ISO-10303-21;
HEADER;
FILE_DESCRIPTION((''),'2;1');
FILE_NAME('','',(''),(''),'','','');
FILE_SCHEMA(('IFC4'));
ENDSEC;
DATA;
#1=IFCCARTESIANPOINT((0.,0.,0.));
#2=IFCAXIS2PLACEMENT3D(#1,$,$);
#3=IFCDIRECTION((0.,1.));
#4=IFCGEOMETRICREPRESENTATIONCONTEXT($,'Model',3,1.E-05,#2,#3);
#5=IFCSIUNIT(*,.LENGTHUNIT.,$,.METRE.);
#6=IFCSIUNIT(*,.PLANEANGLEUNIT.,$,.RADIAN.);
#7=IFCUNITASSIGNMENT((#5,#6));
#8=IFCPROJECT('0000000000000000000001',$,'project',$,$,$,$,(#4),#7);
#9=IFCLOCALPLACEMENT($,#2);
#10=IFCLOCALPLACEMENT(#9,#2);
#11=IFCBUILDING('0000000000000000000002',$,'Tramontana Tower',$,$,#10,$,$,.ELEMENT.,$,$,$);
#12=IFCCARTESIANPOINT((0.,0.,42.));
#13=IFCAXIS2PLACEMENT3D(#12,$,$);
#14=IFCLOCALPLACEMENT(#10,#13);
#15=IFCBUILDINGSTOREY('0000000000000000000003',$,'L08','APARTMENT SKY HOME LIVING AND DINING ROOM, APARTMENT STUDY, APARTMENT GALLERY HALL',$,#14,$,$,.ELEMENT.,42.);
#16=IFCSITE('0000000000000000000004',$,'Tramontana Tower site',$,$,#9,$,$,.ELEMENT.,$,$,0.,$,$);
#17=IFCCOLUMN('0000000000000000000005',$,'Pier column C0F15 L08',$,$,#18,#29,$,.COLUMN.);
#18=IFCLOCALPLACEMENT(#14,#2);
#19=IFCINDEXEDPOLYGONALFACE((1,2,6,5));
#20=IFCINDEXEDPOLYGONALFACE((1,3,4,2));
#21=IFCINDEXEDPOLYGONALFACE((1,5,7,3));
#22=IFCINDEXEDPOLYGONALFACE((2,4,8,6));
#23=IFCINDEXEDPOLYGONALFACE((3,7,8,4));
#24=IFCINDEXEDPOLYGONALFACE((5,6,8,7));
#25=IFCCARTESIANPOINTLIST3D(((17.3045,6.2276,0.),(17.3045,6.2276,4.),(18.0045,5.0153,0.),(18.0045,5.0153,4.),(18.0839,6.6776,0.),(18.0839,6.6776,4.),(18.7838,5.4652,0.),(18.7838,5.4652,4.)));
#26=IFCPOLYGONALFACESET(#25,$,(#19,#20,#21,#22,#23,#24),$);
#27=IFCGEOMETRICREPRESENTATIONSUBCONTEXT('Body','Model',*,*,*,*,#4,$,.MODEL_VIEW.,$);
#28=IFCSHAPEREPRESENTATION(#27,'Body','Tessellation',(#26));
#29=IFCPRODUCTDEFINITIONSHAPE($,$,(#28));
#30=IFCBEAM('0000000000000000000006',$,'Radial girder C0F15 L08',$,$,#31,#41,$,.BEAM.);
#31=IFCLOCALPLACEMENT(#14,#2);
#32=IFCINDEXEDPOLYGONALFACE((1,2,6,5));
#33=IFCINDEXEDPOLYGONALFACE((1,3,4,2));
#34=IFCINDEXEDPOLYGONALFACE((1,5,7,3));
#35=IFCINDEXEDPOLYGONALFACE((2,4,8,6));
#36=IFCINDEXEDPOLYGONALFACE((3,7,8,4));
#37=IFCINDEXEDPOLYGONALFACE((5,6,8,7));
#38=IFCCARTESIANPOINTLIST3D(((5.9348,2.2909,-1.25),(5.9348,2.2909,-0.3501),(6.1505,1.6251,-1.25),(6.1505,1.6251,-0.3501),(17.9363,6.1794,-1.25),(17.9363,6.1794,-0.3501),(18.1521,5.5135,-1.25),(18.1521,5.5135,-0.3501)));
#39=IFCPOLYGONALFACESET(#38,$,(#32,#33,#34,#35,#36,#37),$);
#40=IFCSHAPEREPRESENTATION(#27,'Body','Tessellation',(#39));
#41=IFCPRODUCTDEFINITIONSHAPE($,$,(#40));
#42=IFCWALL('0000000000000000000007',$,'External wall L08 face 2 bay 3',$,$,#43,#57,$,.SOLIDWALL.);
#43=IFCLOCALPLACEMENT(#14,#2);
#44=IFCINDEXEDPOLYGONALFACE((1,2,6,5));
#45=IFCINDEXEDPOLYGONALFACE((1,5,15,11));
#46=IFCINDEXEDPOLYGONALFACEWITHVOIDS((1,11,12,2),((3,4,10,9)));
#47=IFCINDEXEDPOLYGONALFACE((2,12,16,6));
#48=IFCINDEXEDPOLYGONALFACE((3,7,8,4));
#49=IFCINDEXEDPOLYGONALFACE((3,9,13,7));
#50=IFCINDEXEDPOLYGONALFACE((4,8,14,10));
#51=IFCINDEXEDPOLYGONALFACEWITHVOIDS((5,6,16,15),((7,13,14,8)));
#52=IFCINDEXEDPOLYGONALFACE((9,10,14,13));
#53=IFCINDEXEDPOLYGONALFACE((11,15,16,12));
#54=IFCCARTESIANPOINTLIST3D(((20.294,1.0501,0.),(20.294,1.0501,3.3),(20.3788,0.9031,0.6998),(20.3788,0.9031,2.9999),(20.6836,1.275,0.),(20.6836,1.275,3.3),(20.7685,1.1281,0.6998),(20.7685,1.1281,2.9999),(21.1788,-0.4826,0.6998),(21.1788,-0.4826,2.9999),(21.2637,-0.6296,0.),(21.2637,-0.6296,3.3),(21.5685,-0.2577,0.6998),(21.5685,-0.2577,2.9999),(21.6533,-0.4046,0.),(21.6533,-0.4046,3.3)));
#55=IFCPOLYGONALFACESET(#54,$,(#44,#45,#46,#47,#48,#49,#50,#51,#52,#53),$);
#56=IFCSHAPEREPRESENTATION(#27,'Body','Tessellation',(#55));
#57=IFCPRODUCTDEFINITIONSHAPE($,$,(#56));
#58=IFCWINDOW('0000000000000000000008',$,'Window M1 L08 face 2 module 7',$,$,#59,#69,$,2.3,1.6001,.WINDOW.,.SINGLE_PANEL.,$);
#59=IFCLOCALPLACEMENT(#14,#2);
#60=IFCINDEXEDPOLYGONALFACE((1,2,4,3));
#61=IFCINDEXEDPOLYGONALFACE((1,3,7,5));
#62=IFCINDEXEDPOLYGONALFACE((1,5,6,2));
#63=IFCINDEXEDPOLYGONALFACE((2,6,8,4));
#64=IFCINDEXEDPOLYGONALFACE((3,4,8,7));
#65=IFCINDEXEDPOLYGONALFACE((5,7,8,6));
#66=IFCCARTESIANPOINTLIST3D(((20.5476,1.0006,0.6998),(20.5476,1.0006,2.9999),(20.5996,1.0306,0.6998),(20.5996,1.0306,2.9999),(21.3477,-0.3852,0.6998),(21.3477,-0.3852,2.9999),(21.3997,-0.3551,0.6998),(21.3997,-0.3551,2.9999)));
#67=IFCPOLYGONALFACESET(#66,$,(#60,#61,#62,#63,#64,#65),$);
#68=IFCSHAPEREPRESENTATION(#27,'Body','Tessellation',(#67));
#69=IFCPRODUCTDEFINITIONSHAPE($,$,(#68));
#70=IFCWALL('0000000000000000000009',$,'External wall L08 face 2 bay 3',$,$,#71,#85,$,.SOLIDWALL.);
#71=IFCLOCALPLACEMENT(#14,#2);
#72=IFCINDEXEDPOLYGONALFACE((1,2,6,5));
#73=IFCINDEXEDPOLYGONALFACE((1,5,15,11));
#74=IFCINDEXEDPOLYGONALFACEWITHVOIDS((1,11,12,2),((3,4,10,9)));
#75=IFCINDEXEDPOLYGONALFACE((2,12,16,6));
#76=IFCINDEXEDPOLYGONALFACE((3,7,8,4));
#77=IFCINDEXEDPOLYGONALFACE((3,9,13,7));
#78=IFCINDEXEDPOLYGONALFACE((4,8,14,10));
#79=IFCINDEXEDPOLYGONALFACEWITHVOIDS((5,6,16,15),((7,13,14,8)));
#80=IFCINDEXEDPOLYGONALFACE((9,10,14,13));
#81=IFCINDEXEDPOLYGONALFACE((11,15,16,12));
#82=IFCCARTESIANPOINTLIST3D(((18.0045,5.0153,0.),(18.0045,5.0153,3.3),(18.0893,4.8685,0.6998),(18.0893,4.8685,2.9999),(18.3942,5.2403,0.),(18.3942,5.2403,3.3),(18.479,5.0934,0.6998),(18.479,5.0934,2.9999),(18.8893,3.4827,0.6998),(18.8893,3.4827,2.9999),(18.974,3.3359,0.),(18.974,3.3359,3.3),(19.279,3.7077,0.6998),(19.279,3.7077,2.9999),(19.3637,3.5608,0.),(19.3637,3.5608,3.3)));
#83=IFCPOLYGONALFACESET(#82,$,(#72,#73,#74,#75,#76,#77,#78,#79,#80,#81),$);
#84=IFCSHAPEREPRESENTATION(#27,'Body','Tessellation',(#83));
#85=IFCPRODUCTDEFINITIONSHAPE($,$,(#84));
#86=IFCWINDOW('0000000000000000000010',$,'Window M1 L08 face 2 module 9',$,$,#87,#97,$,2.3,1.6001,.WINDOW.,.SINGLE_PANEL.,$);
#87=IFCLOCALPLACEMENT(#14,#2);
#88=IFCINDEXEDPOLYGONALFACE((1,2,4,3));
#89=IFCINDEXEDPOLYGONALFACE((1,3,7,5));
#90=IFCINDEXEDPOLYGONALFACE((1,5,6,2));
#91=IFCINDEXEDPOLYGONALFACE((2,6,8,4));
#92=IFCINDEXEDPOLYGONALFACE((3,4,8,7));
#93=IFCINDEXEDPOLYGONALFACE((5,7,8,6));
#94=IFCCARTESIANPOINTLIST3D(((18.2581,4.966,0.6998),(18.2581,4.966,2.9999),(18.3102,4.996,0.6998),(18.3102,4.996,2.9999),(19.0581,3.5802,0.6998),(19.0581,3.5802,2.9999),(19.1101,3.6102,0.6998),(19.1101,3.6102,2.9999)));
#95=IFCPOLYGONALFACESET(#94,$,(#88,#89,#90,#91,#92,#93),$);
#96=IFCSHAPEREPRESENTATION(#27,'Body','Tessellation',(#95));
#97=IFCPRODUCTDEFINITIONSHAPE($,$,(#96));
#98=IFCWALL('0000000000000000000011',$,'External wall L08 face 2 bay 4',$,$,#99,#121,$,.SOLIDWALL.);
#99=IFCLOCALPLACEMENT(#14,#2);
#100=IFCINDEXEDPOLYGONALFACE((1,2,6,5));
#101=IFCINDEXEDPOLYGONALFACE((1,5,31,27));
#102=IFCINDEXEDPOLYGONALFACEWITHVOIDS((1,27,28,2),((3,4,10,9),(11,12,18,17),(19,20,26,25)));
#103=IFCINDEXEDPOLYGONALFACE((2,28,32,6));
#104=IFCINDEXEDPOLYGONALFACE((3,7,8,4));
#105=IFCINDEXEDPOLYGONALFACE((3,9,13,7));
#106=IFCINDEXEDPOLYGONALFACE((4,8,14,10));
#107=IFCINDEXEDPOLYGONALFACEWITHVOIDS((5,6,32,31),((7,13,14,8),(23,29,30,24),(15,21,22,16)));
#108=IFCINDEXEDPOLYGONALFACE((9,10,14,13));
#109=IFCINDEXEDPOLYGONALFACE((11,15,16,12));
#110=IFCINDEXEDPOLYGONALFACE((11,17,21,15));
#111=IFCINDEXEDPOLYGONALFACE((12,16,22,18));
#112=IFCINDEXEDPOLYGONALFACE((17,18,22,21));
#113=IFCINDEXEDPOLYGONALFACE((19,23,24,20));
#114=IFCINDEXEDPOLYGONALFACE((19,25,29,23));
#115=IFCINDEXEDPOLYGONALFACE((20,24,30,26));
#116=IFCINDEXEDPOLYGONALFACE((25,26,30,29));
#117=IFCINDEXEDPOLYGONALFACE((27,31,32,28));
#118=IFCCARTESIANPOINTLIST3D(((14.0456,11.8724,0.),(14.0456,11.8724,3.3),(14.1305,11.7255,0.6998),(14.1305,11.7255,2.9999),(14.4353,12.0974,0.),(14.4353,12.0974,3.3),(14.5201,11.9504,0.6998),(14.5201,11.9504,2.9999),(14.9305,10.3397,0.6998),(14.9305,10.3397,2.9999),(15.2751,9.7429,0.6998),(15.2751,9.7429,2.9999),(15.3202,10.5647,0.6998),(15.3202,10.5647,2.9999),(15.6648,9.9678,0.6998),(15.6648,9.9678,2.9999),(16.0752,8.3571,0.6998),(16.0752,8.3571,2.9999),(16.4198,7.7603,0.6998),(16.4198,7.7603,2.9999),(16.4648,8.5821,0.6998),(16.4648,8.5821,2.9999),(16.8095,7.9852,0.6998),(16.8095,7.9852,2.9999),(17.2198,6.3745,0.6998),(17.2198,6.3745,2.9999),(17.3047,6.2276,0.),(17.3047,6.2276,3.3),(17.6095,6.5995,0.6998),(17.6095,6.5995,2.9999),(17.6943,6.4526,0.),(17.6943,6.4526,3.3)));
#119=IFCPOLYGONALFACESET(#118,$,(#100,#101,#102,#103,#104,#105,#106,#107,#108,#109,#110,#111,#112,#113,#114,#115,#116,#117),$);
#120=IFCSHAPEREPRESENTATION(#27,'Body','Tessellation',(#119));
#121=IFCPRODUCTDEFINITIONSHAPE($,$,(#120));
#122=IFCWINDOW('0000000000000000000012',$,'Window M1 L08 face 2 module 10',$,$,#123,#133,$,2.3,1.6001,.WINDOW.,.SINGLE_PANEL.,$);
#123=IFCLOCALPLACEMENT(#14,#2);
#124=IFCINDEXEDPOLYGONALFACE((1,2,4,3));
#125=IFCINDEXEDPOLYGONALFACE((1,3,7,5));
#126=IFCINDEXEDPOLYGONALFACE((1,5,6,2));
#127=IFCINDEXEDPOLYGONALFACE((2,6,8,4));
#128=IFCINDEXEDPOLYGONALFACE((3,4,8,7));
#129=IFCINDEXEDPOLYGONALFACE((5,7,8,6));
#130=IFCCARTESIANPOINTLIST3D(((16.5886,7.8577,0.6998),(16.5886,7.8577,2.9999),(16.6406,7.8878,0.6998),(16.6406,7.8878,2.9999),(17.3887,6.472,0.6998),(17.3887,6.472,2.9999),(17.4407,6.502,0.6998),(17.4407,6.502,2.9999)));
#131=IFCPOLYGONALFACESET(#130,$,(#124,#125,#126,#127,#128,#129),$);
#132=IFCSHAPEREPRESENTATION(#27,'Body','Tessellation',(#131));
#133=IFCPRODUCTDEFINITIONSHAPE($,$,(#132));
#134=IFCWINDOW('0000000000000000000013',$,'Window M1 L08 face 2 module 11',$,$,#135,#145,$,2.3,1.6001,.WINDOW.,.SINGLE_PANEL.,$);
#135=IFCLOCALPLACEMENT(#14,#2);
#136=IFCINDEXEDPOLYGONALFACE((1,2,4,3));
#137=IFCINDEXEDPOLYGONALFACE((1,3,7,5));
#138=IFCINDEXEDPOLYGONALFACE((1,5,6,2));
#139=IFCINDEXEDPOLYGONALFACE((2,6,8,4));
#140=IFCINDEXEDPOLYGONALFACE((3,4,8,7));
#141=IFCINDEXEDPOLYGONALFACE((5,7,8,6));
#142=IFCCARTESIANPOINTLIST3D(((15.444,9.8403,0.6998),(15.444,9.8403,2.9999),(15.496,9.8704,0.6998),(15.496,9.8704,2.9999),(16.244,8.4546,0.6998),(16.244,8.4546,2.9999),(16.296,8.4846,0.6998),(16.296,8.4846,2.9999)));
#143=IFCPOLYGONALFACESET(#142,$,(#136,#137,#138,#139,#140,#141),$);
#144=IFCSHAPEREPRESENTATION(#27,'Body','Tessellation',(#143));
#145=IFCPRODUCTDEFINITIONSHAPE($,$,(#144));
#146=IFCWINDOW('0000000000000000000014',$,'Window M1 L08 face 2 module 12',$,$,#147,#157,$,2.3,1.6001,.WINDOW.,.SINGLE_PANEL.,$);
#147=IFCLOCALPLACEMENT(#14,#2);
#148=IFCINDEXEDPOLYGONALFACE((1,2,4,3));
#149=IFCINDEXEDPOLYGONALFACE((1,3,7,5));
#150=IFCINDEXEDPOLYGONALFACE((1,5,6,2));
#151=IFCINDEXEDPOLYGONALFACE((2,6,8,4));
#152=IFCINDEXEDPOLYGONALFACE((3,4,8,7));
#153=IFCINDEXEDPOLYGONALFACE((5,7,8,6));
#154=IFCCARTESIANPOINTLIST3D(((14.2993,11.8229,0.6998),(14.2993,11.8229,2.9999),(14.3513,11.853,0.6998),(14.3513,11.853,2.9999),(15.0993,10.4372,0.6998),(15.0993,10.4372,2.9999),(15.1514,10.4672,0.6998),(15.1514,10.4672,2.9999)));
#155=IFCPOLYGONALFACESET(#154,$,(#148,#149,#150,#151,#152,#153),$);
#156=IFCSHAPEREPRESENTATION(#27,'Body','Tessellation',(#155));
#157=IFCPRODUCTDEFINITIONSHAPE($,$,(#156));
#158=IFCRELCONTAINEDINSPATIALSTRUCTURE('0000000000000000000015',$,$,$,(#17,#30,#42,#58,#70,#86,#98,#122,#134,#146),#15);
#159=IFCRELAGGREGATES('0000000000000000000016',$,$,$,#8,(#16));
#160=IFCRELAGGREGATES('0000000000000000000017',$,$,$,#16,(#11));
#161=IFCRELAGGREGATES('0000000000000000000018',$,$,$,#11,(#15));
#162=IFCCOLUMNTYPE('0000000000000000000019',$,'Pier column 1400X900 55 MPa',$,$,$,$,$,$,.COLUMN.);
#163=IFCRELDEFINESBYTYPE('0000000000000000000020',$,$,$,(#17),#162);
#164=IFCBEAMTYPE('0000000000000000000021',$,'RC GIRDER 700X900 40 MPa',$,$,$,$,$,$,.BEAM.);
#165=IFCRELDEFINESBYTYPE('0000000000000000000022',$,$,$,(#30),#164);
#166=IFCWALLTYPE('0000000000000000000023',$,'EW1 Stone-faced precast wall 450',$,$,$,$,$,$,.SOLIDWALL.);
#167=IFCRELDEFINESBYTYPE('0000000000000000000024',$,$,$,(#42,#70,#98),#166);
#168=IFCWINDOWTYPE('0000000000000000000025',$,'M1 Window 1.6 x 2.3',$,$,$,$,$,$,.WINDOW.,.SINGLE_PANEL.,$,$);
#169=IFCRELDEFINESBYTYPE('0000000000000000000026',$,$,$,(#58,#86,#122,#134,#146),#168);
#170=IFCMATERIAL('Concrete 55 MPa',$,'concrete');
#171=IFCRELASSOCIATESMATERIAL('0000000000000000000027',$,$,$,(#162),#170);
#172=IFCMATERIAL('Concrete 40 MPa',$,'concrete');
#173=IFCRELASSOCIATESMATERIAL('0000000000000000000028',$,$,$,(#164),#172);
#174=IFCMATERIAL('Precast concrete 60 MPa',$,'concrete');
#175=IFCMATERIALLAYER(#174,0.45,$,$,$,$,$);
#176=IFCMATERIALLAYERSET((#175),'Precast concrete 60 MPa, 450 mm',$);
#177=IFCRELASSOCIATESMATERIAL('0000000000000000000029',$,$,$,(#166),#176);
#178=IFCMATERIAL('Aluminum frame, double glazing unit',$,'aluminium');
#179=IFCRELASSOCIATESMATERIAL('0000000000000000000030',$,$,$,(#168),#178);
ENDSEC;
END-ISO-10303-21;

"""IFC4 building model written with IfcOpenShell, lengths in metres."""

from ifc_helpers import new_model, si_unit, direction, frame, frame_2d, origin, origin_2d, place, context, subcontext, project, spatial, rectangle, extrude, material, layer, layer_set, material_profile, profile_set, type_object, element, fill, save


model = new_model("IFC4")

# Units and contexts
model_context = context("Model", 3, precision=1e-05, world=origin(), true_north=direction((0.0, 1.0)))
body_context = subcontext(model_context, "Body", "Model", "MODEL_VIEW")
ifc_project = project(units=[si_unit("LENGTHUNIT", "METRE"), si_unit("PLANEANGLEUNIT", "RADIAN")], contexts=[model_context])

# Site, building, storey
site_placement = place(None, origin())
site = spatial("IfcSite", under=ifc_project, at=site_placement, Name="Tramontana Tower site", CompositionType="ELEMENT", RefElevation=0.0)
building_placement = place(site_placement, origin())
building = spatial("IfcBuilding", under=site, at=building_placement, Name="Tramontana Tower", CompositionType="ELEMENT")
storey_placement = place(building_placement, frame((0.0, 0.0, 42.0)))
storey = spatial("IfcBuildingStorey", under=building, at=storey_placement, Name="L08", Description="APARTMENT SKY HOME LIVING AND DINING ROOM, APARTMENT STUDY, APARTMENT GALLERY HALL", CompositionType="ELEMENT", Elevation=42.0)

# Column
ifc_material_1 = material(Name="Concrete 55 MPa", Category="concrete")
ifc_material_profile_1 = material_profile(ifc_material_1, rectangle(XDim=1.3999, YDim=0.8999, at=origin_2d()), Name="Pier column 1400X900 55 MPa")
ifc_profile_set_1 = profile_set([ifc_material_profile_1], Name="Concrete 55 MPa")
column_type = type_object("IfcColumnType", Name="Pier column 1400X900 55 MPa", PredefinedType="COLUMN", material=ifc_profile_set_1)
column_placement = place(storey_placement, frame((18.0442, 5.8464, 0.0), z_axis=(0.0, 0.0, 1.0), x_axis=(-0.5, 0.866025, 0.0)))
element("IfcColumn", 1, at=column_placement, inside=storey, type_object=column_type, Name="Pier column C0F15 L08", PredefinedType="COLUMN", context=body_context, shape_type="SweptSolid", body=[
    extrude(rectangle(XDim=1.3999, YDim=0.8999, at=origin_2d()), origin(), (0.0, 0.0, 1.0), 4.0),
])

# Beam
ifc_material_2 = material(Name="Concrete 40 MPa", Category="concrete")
ifc_material_profile_2 = material_profile(ifc_material_2, rectangle(XDim=0.7, YDim=0.8999, at=origin_2d()), Name="RC GIRDER 700X900 40 MPa")
ifc_profile_set_2 = profile_set([ifc_material_profile_2], Name="Concrete 40 MPa")
beam_type = type_object("IfcBeamType", Name="RC GIRDER 700X900 40 MPa", PredefinedType="BEAM", material=ifc_profile_set_2)
beam_placement = place(storey_placement, frame((18.0442, 5.8464, -0.8), z_axis=(-0.951314, -0.308222, 0.0), x_axis=(0.308222, -0.951314, 0.0)))
element("IfcBeam", 2, at=beam_placement, inside=storey, type_object=beam_type, Name="Radial girder C0F15 L08", PredefinedType="BEAM", context=body_context, shape_type="SweptSolid", body=[
    extrude(rectangle(XDim=0.7, YDim=0.8999, at=origin_2d()), origin(), (0.0, 0.0, 1.0), 12.6157),
])

# Walls, openings, windows
ifc_material_3 = material(Name="Precast concrete 60 MPa", Category="concrete")
ifc_layer_1 = layer(ifc_material_3, 0.45)
ifc_layer_set_1 = layer_set([ifc_layer_1], Name="Precast concrete 60 MPa, 450 mm")
wall_type_1 = type_object("IfcWallType", Name="EW1 Stone-faced precast wall 450", PredefinedType="SOLIDWALL", material=ifc_layer_set_1)
wall_1_placement = place(storey_placement, frame((21.4585, -0.5171, 0.0), z_axis=(0.0, 0.0, 1.0), x_axis=(-0.499984, 0.866035, 0.0)))
wall_1 = element("IfcWall", 3, at=wall_1_placement, inside=storey, type_object=wall_type_1, Name="External wall L08 face 2 bay 3", PredefinedType="SOLIDWALL", context=body_context, shape_type="SweptSolid", body=[
    extrude(rectangle(XDim=1.9395, YDim=0.45, at=frame_2d((0.9697, 0.0))), origin(), (0.0, 0.0, 1.0), 3.3),
])
opening_1_placement = place(wall_1_placement, frame((0.1697, 0.0, 0.7)))
opening_1 = element("IfcOpeningElement", 4, at=opening_1_placement, cuts=wall_1, PredefinedType="OPENING", context=body_context, shape_type="SweptSolid", body=[
    extrude(rectangle(XDim=1.6001, YDim=2.3, at=frame_2d((0.8, 1.1499))), frame((0.0, 0.2349, 0.0), z_axis=(0.0, -1.0, 0.0), x_axis=(1.0, 0.0, 0.0)), (0.0, 0.0, 1.0), 0.47),
])
ifc_material_4 = material(Name="Aluminum frame, double glazing unit", Category="aluminium")
window_type = type_object("IfcWindowType", Name="M1 Window 1.6 x 2.3", PartitioningType="SINGLE_PANEL", PredefinedType="WINDOW", material=ifc_material_4)
window_1_placement = place(opening_1_placement, origin())
window_1 = element("IfcWindow", 5, at=window_1_placement, inside=storey, type_object=window_type, Name="Window M1 L08 face 2 module 7", OverallHeight=2.3, OverallWidth=1.6001, PartitioningType="SINGLE_PANEL", PredefinedType="WINDOW", context=body_context, shape_type="SweptSolid", body=[
    extrude(rectangle(XDim=1.6001, YDim=2.3, at=frame_2d((0.8, 1.1499))), frame((0.0, 0.03, 0.0), z_axis=(0.0, -1.0, 0.0), x_axis=(1.0, 0.0, 0.0)), (0.0, 0.0, 1.0), 0.0601),
])
fill(opening_1, window_1)
wall_2_placement = place(storey_placement, frame((19.1689, 3.4482, 0.0), z_axis=(0.0, 0.0, 1.0), x_axis=(-0.499944, 0.866058, 0.0)))
wall_2 = element("IfcWall", 6, at=wall_2_placement, inside=storey, type_object=wall_type_1, Name="External wall L08 face 2 bay 3", PredefinedType="SOLIDWALL", context=body_context, shape_type="SweptSolid", body=[
    extrude(rectangle(XDim=1.9392, YDim=0.45, at=frame_2d((0.9697, 0.0))), origin(), (0.0, 0.0, 1.0), 3.3),
])
opening_2_placement = place(wall_2_placement, frame((0.1697, 0.0, 0.7)))
opening_2 = element("IfcOpeningElement", 7, at=opening_2_placement, cuts=wall_2, PredefinedType="OPENING", context=body_context, shape_type="SweptSolid", body=[
    extrude(rectangle(XDim=1.6001, YDim=2.3, at=frame_2d((0.8, 1.1499))), frame((0.0, 0.2349, 0.0), z_axis=(0.0, -1.0, 0.0), x_axis=(1.0, 0.0, 0.0)), (0.0, 0.0, 1.0), 0.47),
])
window_2_placement = place(opening_2_placement, origin())
window_2 = element("IfcWindow", 8, at=window_2_placement, inside=storey, type_object=window_type, Name="Window M1 L08 face 2 module 9", OverallHeight=2.3, OverallWidth=1.6001, PartitioningType="SINGLE_PANEL", PredefinedType="WINDOW", context=body_context, shape_type="SweptSolid", body=[
    extrude(rectangle(XDim=1.6001, YDim=2.3, at=frame_2d((0.8, 1.1499))), frame((0.0, 0.03, 0.0), z_axis=(0.0, -1.0, 0.0), x_axis=(1.0, 0.0, 0.0)), (0.0, 0.0, 1.0), 0.0601),
])
fill(opening_2, window_2)

# Wall, openings, windows
wall_3_placement = place(storey_placement, frame((17.4995, 6.3401, 0.0), z_axis=(0.0, 0.0, 1.0), x_axis=(-0.500002, 0.866024, 0.0)))
wall_3 = element("IfcWall", 9, at=wall_3_placement, inside=storey, type_object=wall_type_1, Name="External wall L08 face 2 bay 4", PredefinedType="SOLIDWALL", context=body_context, shape_type="SweptSolid", body=[
    extrude(rectangle(XDim=6.5181, YDim=0.45, at=frame_2d((3.259, 0.0))), origin(), (0.0, 0.0, 1.0), 3.3),
])
opening_3_placement = place(wall_3_placement, frame((0.1697, 0.0, 0.7)))
opening_3 = element("IfcOpeningElement", 10, at=opening_3_placement, cuts=wall_3, PredefinedType="OPENING", context=body_context, shape_type="SweptSolid", body=[
    extrude(rectangle(XDim=1.6001, YDim=2.3, at=frame_2d((0.8, 1.1499))), frame((0.0, 0.2349, 0.0), z_axis=(0.0, -1.0, 0.0), x_axis=(1.0, 0.0, 0.0)), (0.0, 0.0, 1.0), 0.47),
])
opening_4_placement = place(wall_3_placement, frame((2.459, 0.0, 0.7)))
opening_4 = element("IfcOpeningElement", 11, at=opening_4_placement, cuts=wall_3, PredefinedType="OPENING", context=body_context, shape_type="SweptSolid", body=[
    extrude(rectangle(XDim=1.6001, YDim=2.3, at=frame_2d((0.8, 1.1499))), frame((0.0, 0.2349, 0.0), z_axis=(0.0, -1.0, 0.0), x_axis=(1.0, 0.0, 0.0)), (0.0, 0.0, 1.0), 0.47),
])
opening_5_placement = place(wall_3_placement, frame((4.7483, 0.0, 0.7)))
opening_5 = element("IfcOpeningElement", 12, at=opening_5_placement, cuts=wall_3, PredefinedType="OPENING", context=body_context, shape_type="SweptSolid", body=[
    extrude(rectangle(XDim=1.6001, YDim=2.3, at=frame_2d((0.8, 1.1499))), frame((0.0, 0.2349, 0.0), z_axis=(0.0, -1.0, 0.0), x_axis=(1.0, 0.0, 0.0)), (0.0, 0.0, 1.0), 0.47),
])
window_3_placement = place(opening_3_placement, origin())
window_3 = element("IfcWindow", 13, at=window_3_placement, inside=storey, type_object=window_type, Name="Window M1 L08 face 2 module 10", OverallHeight=2.3, OverallWidth=1.6001, PartitioningType="SINGLE_PANEL", PredefinedType="WINDOW", context=body_context, shape_type="SweptSolid", body=[
    extrude(rectangle(XDim=1.6001, YDim=2.3, at=frame_2d((0.8, 1.1499))), frame((0.0, 0.03, 0.0), z_axis=(0.0, -1.0, 0.0), x_axis=(1.0, 0.0, 0.0)), (0.0, 0.0, 1.0), 0.0601),
])
fill(opening_3, window_3)
window_4_placement = place(opening_4_placement, origin())
window_4 = element("IfcWindow", 14, at=window_4_placement, inside=storey, type_object=window_type, Name="Window M1 L08 face 2 module 11", OverallHeight=2.3, OverallWidth=1.6001, PartitioningType="SINGLE_PANEL", PredefinedType="WINDOW", context=body_context, shape_type="SweptSolid", body=[
    extrude(rectangle(XDim=1.6001, YDim=2.3, at=frame_2d((0.8, 1.1499))), frame((0.0, 0.03, 0.0), z_axis=(0.0, -1.0, 0.0), x_axis=(1.0, 0.0, 0.0)), (0.0, 0.0, 1.0), 0.0601),
])
fill(opening_4, window_4)
window_5_placement = place(opening_5_placement, origin())
window_5 = element("IfcWindow", 15, at=window_5_placement, inside=storey, type_object=window_type, Name="Window M1 L08 face 2 module 12", OverallHeight=2.3, OverallWidth=1.6001, PartitioningType="SINGLE_PANEL", PredefinedType="WINDOW", context=body_context, shape_type="SweptSolid", body=[
    extrude(rectangle(XDim=1.6001, YDim=2.3, at=frame_2d((0.8, 1.1499))), frame((0.0, 0.03, 0.0), z_axis=(0.0, -1.0, 0.0), x_axis=(1.0, 0.0, 0.0)), (0.0, 0.0, 1.0), 0.0601),
])
fill(opening_5, window_5)

save(model, "model.ifc")
